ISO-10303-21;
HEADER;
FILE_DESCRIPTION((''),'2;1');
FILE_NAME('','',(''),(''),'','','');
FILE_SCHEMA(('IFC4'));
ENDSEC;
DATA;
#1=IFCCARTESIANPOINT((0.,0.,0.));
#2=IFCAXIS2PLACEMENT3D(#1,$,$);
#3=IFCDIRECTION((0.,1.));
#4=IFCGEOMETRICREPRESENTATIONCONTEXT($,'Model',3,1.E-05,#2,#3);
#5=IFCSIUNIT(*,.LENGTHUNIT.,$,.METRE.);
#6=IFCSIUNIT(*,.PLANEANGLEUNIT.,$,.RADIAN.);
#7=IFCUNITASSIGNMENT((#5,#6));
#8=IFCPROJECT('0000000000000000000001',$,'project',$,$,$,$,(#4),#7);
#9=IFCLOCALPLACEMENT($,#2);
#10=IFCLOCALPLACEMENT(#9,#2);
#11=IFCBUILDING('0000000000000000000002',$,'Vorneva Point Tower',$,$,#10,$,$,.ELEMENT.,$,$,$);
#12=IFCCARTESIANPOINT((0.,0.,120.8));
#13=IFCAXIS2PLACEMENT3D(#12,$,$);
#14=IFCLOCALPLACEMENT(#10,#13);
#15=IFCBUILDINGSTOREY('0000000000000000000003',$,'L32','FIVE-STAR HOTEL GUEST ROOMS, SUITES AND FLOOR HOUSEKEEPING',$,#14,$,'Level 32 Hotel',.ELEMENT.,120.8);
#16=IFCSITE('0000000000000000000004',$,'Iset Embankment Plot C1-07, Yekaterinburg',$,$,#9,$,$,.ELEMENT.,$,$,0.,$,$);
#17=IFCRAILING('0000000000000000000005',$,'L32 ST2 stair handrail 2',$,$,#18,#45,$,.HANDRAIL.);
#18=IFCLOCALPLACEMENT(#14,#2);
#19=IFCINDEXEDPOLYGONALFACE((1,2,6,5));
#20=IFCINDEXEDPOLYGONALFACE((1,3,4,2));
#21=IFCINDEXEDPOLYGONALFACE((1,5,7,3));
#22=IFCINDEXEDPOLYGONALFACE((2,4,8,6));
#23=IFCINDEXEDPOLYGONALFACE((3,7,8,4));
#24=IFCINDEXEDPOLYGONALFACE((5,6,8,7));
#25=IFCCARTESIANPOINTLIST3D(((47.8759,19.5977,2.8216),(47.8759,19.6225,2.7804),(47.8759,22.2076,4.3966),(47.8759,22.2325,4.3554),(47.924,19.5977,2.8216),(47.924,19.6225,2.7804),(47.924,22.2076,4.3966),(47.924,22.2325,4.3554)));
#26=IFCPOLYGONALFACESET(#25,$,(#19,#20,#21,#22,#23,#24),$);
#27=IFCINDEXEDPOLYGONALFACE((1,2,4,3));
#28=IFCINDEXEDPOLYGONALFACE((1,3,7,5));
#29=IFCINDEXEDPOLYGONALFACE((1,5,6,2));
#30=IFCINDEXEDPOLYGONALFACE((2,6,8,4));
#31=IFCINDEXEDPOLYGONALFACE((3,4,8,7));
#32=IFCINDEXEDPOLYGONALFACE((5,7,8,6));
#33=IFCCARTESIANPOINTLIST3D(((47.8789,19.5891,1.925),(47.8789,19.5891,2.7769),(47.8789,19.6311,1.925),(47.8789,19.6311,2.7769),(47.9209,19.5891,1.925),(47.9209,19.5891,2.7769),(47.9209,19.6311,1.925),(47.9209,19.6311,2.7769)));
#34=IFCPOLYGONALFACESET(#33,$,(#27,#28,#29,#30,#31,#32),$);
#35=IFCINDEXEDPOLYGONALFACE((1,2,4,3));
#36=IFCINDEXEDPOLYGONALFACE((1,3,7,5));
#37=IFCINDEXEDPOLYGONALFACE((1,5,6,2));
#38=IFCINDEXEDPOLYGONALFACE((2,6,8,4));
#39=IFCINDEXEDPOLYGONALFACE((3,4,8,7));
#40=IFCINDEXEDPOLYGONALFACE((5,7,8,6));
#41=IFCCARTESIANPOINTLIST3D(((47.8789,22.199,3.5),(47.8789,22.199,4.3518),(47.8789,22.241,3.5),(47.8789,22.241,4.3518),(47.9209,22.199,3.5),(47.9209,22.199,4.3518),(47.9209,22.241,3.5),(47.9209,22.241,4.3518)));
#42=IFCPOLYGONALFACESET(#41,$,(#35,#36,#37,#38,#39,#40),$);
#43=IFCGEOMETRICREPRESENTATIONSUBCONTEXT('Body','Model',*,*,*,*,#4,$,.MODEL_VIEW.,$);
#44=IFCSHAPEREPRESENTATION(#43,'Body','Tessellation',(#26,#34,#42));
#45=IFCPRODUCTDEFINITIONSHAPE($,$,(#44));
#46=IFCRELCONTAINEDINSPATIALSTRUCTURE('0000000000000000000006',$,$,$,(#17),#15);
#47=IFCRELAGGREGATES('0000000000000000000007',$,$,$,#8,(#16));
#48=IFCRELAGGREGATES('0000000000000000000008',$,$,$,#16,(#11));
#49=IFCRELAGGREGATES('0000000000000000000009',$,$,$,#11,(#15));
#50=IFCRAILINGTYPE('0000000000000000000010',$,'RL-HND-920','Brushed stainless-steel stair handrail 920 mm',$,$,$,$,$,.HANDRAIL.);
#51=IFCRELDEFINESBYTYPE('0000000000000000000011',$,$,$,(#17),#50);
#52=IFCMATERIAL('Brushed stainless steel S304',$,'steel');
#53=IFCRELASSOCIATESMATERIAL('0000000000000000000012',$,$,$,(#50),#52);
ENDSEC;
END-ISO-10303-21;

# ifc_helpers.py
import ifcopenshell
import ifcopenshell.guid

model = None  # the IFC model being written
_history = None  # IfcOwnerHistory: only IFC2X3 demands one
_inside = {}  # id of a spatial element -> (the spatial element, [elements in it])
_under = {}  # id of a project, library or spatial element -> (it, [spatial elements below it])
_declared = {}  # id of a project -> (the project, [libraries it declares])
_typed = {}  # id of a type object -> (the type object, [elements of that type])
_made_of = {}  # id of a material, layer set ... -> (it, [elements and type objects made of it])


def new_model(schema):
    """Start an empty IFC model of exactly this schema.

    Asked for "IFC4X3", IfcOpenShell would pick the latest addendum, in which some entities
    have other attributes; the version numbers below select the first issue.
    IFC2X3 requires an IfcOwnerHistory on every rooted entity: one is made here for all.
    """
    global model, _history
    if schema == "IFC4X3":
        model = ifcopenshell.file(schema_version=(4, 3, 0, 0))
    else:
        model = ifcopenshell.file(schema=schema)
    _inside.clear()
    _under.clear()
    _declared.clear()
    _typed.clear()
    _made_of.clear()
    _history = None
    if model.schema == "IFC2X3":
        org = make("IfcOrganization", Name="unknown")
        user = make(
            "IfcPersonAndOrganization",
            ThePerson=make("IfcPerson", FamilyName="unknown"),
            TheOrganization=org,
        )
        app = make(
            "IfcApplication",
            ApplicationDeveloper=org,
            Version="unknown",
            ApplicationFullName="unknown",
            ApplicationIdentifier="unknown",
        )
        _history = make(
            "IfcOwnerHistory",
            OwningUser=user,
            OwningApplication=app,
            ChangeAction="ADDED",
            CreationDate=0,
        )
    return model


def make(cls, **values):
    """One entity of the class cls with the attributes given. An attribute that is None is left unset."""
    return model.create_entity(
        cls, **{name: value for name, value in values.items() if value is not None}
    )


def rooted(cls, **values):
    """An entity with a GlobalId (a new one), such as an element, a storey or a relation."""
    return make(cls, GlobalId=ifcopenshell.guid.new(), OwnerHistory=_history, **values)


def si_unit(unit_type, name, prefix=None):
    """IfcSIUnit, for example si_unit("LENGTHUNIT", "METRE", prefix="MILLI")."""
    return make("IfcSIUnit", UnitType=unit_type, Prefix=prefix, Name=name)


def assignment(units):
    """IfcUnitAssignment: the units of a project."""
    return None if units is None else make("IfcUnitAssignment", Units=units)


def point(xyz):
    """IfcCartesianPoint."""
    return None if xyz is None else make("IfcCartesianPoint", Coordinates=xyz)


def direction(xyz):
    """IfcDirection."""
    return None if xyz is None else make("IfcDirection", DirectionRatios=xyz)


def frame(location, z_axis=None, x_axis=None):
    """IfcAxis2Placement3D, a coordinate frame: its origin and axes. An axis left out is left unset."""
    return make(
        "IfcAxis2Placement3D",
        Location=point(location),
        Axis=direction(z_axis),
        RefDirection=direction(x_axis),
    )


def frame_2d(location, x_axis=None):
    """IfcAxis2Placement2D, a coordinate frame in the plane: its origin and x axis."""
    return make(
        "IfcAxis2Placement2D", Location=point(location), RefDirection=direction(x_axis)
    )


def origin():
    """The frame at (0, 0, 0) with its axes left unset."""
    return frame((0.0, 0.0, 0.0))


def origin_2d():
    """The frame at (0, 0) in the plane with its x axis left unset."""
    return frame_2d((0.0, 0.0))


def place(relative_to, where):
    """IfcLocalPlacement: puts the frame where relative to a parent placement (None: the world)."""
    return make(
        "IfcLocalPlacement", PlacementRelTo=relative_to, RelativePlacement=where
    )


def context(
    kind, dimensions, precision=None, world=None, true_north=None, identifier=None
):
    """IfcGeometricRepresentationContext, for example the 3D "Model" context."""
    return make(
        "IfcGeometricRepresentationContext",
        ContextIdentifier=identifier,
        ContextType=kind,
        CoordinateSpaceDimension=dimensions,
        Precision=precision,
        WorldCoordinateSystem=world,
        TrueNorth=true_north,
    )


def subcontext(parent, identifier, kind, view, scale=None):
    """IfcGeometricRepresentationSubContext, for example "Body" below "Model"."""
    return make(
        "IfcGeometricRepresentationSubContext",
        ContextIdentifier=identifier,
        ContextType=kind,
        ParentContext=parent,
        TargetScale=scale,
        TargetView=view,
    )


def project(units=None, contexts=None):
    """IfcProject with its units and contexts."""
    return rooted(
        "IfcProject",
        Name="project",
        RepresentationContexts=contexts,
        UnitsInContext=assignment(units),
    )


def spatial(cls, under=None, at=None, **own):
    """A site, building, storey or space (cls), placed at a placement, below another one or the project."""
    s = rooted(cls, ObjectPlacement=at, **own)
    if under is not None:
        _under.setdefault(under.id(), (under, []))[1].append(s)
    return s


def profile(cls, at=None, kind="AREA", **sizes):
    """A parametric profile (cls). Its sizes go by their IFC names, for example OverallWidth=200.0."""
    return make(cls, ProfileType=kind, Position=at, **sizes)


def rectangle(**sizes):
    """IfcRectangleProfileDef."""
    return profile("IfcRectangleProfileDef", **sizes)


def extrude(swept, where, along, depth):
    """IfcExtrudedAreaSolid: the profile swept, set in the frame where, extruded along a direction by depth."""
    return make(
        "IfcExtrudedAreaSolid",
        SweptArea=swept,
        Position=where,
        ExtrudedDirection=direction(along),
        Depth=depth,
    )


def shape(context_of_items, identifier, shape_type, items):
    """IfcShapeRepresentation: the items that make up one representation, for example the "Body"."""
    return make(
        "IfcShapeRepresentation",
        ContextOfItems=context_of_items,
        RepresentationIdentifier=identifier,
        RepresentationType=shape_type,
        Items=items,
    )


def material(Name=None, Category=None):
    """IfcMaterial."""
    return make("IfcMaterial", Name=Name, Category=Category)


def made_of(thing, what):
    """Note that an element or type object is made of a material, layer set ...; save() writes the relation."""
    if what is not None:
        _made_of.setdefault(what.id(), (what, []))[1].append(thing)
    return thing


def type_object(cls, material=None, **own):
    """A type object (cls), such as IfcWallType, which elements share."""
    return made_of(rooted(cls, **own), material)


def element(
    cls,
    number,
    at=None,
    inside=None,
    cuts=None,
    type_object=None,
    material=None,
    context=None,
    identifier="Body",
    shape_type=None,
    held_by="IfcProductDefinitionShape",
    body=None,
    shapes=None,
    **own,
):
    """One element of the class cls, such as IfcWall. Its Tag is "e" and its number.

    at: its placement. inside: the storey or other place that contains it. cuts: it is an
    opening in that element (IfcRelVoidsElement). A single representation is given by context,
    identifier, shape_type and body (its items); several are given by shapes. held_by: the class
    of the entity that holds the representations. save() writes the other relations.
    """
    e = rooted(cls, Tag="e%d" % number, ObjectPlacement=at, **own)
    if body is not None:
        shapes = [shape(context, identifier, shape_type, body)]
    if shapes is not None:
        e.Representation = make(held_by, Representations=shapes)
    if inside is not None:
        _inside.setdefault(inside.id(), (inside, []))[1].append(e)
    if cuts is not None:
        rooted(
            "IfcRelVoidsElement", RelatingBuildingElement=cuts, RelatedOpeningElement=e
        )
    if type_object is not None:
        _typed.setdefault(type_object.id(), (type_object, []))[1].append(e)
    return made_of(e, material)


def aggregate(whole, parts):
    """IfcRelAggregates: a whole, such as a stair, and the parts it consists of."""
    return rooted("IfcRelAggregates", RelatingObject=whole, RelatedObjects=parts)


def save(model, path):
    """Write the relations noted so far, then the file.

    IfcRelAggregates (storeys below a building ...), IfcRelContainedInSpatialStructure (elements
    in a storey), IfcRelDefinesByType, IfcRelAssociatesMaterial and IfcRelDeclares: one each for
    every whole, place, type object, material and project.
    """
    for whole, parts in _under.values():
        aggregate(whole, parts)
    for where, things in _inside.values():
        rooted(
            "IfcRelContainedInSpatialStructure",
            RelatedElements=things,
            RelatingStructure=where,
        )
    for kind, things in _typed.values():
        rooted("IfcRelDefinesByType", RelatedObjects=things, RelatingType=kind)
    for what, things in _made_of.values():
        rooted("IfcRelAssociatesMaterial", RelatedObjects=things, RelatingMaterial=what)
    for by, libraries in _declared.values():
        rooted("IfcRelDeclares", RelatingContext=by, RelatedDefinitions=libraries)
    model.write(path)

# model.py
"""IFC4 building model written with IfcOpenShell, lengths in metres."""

from ifc_helpers import new_model, si_unit, direction, frame, origin, origin_2d, place, context, subcontext, project, spatial, rectangle, extrude, material, type_object, element, save


model = new_model("IFC4")

# Units and contexts
model_context = context("Model", 3, precision=1e-05, world=origin(), true_north=direction((0.0, 1.0)))
body_context = subcontext(model_context, "Body", "Model", "MODEL_VIEW")
ifc_project = project(units=[si_unit("LENGTHUNIT", "METRE"), si_unit("PLANEANGLEUNIT", "RADIAN")], contexts=[model_context])

# Site, building, storey
site_placement = place(None, origin())
site = spatial("IfcSite", under=ifc_project, at=site_placement, Name="Iset Embankment Plot C1-07, Yekaterinburg", CompositionType="ELEMENT", RefElevation=0.0)
building_placement = place(site_placement, origin())
building = spatial("IfcBuilding", under=site, at=building_placement, Name="Vorneva Point Tower", CompositionType="ELEMENT")
storey_placement = place(building_placement, frame((0.0, 0.0, 120.8)))
storey = spatial("IfcBuildingStorey", under=building, at=storey_placement, Name="L32", Description="FIVE-STAR HOTEL GUEST ROOMS, SUITES AND FLOOR HOUSEKEEPING", LongName="Level 32 Hotel", CompositionType="ELEMENT", Elevation=120.8)

# Railing
ifc_material_1 = material(Name="Brushed stainless steel S304", Category="steel")
railing_type_1 = type_object("IfcRailingType", Name="RL-HND-920", Description="Brushed stainless-steel stair handrail 920 mm", PredefinedType="HANDRAIL", material=ifc_material_1)
railing_1_placement = place(storey_placement, frame((47.8999, 19.6101, 1.925)))
element("IfcRailing", 1, at=railing_1_placement, inside=storey, type_object=railing_type_1, Name="L32 ST2 stair handrail 2", PredefinedType="HANDRAIL", context=body_context, shape_type="SweptSolid", body=[
    extrude(rectangle(XDim=0.0481, YDim=0.0481, at=origin_2d()), frame((0.0, 0.0, 0.876), z_axis=(0.0, 0.856183, 0.516673), x_axis=(-1.0, 0.0, 0.0)), (0.0, 0.0, 1.0), 3.0483),
    extrude(rectangle(XDim=0.042, YDim=0.042, at=origin_2d()), origin(), (0.0, 0.0, 1.0), 0.8518),
    extrude(rectangle(XDim=0.042, YDim=0.042, at=origin_2d()), frame((0.0, 2.6099, 1.575)), (0.0, 0.0, 1.0), 0.8518),
])

save(model, "model.ifc")
